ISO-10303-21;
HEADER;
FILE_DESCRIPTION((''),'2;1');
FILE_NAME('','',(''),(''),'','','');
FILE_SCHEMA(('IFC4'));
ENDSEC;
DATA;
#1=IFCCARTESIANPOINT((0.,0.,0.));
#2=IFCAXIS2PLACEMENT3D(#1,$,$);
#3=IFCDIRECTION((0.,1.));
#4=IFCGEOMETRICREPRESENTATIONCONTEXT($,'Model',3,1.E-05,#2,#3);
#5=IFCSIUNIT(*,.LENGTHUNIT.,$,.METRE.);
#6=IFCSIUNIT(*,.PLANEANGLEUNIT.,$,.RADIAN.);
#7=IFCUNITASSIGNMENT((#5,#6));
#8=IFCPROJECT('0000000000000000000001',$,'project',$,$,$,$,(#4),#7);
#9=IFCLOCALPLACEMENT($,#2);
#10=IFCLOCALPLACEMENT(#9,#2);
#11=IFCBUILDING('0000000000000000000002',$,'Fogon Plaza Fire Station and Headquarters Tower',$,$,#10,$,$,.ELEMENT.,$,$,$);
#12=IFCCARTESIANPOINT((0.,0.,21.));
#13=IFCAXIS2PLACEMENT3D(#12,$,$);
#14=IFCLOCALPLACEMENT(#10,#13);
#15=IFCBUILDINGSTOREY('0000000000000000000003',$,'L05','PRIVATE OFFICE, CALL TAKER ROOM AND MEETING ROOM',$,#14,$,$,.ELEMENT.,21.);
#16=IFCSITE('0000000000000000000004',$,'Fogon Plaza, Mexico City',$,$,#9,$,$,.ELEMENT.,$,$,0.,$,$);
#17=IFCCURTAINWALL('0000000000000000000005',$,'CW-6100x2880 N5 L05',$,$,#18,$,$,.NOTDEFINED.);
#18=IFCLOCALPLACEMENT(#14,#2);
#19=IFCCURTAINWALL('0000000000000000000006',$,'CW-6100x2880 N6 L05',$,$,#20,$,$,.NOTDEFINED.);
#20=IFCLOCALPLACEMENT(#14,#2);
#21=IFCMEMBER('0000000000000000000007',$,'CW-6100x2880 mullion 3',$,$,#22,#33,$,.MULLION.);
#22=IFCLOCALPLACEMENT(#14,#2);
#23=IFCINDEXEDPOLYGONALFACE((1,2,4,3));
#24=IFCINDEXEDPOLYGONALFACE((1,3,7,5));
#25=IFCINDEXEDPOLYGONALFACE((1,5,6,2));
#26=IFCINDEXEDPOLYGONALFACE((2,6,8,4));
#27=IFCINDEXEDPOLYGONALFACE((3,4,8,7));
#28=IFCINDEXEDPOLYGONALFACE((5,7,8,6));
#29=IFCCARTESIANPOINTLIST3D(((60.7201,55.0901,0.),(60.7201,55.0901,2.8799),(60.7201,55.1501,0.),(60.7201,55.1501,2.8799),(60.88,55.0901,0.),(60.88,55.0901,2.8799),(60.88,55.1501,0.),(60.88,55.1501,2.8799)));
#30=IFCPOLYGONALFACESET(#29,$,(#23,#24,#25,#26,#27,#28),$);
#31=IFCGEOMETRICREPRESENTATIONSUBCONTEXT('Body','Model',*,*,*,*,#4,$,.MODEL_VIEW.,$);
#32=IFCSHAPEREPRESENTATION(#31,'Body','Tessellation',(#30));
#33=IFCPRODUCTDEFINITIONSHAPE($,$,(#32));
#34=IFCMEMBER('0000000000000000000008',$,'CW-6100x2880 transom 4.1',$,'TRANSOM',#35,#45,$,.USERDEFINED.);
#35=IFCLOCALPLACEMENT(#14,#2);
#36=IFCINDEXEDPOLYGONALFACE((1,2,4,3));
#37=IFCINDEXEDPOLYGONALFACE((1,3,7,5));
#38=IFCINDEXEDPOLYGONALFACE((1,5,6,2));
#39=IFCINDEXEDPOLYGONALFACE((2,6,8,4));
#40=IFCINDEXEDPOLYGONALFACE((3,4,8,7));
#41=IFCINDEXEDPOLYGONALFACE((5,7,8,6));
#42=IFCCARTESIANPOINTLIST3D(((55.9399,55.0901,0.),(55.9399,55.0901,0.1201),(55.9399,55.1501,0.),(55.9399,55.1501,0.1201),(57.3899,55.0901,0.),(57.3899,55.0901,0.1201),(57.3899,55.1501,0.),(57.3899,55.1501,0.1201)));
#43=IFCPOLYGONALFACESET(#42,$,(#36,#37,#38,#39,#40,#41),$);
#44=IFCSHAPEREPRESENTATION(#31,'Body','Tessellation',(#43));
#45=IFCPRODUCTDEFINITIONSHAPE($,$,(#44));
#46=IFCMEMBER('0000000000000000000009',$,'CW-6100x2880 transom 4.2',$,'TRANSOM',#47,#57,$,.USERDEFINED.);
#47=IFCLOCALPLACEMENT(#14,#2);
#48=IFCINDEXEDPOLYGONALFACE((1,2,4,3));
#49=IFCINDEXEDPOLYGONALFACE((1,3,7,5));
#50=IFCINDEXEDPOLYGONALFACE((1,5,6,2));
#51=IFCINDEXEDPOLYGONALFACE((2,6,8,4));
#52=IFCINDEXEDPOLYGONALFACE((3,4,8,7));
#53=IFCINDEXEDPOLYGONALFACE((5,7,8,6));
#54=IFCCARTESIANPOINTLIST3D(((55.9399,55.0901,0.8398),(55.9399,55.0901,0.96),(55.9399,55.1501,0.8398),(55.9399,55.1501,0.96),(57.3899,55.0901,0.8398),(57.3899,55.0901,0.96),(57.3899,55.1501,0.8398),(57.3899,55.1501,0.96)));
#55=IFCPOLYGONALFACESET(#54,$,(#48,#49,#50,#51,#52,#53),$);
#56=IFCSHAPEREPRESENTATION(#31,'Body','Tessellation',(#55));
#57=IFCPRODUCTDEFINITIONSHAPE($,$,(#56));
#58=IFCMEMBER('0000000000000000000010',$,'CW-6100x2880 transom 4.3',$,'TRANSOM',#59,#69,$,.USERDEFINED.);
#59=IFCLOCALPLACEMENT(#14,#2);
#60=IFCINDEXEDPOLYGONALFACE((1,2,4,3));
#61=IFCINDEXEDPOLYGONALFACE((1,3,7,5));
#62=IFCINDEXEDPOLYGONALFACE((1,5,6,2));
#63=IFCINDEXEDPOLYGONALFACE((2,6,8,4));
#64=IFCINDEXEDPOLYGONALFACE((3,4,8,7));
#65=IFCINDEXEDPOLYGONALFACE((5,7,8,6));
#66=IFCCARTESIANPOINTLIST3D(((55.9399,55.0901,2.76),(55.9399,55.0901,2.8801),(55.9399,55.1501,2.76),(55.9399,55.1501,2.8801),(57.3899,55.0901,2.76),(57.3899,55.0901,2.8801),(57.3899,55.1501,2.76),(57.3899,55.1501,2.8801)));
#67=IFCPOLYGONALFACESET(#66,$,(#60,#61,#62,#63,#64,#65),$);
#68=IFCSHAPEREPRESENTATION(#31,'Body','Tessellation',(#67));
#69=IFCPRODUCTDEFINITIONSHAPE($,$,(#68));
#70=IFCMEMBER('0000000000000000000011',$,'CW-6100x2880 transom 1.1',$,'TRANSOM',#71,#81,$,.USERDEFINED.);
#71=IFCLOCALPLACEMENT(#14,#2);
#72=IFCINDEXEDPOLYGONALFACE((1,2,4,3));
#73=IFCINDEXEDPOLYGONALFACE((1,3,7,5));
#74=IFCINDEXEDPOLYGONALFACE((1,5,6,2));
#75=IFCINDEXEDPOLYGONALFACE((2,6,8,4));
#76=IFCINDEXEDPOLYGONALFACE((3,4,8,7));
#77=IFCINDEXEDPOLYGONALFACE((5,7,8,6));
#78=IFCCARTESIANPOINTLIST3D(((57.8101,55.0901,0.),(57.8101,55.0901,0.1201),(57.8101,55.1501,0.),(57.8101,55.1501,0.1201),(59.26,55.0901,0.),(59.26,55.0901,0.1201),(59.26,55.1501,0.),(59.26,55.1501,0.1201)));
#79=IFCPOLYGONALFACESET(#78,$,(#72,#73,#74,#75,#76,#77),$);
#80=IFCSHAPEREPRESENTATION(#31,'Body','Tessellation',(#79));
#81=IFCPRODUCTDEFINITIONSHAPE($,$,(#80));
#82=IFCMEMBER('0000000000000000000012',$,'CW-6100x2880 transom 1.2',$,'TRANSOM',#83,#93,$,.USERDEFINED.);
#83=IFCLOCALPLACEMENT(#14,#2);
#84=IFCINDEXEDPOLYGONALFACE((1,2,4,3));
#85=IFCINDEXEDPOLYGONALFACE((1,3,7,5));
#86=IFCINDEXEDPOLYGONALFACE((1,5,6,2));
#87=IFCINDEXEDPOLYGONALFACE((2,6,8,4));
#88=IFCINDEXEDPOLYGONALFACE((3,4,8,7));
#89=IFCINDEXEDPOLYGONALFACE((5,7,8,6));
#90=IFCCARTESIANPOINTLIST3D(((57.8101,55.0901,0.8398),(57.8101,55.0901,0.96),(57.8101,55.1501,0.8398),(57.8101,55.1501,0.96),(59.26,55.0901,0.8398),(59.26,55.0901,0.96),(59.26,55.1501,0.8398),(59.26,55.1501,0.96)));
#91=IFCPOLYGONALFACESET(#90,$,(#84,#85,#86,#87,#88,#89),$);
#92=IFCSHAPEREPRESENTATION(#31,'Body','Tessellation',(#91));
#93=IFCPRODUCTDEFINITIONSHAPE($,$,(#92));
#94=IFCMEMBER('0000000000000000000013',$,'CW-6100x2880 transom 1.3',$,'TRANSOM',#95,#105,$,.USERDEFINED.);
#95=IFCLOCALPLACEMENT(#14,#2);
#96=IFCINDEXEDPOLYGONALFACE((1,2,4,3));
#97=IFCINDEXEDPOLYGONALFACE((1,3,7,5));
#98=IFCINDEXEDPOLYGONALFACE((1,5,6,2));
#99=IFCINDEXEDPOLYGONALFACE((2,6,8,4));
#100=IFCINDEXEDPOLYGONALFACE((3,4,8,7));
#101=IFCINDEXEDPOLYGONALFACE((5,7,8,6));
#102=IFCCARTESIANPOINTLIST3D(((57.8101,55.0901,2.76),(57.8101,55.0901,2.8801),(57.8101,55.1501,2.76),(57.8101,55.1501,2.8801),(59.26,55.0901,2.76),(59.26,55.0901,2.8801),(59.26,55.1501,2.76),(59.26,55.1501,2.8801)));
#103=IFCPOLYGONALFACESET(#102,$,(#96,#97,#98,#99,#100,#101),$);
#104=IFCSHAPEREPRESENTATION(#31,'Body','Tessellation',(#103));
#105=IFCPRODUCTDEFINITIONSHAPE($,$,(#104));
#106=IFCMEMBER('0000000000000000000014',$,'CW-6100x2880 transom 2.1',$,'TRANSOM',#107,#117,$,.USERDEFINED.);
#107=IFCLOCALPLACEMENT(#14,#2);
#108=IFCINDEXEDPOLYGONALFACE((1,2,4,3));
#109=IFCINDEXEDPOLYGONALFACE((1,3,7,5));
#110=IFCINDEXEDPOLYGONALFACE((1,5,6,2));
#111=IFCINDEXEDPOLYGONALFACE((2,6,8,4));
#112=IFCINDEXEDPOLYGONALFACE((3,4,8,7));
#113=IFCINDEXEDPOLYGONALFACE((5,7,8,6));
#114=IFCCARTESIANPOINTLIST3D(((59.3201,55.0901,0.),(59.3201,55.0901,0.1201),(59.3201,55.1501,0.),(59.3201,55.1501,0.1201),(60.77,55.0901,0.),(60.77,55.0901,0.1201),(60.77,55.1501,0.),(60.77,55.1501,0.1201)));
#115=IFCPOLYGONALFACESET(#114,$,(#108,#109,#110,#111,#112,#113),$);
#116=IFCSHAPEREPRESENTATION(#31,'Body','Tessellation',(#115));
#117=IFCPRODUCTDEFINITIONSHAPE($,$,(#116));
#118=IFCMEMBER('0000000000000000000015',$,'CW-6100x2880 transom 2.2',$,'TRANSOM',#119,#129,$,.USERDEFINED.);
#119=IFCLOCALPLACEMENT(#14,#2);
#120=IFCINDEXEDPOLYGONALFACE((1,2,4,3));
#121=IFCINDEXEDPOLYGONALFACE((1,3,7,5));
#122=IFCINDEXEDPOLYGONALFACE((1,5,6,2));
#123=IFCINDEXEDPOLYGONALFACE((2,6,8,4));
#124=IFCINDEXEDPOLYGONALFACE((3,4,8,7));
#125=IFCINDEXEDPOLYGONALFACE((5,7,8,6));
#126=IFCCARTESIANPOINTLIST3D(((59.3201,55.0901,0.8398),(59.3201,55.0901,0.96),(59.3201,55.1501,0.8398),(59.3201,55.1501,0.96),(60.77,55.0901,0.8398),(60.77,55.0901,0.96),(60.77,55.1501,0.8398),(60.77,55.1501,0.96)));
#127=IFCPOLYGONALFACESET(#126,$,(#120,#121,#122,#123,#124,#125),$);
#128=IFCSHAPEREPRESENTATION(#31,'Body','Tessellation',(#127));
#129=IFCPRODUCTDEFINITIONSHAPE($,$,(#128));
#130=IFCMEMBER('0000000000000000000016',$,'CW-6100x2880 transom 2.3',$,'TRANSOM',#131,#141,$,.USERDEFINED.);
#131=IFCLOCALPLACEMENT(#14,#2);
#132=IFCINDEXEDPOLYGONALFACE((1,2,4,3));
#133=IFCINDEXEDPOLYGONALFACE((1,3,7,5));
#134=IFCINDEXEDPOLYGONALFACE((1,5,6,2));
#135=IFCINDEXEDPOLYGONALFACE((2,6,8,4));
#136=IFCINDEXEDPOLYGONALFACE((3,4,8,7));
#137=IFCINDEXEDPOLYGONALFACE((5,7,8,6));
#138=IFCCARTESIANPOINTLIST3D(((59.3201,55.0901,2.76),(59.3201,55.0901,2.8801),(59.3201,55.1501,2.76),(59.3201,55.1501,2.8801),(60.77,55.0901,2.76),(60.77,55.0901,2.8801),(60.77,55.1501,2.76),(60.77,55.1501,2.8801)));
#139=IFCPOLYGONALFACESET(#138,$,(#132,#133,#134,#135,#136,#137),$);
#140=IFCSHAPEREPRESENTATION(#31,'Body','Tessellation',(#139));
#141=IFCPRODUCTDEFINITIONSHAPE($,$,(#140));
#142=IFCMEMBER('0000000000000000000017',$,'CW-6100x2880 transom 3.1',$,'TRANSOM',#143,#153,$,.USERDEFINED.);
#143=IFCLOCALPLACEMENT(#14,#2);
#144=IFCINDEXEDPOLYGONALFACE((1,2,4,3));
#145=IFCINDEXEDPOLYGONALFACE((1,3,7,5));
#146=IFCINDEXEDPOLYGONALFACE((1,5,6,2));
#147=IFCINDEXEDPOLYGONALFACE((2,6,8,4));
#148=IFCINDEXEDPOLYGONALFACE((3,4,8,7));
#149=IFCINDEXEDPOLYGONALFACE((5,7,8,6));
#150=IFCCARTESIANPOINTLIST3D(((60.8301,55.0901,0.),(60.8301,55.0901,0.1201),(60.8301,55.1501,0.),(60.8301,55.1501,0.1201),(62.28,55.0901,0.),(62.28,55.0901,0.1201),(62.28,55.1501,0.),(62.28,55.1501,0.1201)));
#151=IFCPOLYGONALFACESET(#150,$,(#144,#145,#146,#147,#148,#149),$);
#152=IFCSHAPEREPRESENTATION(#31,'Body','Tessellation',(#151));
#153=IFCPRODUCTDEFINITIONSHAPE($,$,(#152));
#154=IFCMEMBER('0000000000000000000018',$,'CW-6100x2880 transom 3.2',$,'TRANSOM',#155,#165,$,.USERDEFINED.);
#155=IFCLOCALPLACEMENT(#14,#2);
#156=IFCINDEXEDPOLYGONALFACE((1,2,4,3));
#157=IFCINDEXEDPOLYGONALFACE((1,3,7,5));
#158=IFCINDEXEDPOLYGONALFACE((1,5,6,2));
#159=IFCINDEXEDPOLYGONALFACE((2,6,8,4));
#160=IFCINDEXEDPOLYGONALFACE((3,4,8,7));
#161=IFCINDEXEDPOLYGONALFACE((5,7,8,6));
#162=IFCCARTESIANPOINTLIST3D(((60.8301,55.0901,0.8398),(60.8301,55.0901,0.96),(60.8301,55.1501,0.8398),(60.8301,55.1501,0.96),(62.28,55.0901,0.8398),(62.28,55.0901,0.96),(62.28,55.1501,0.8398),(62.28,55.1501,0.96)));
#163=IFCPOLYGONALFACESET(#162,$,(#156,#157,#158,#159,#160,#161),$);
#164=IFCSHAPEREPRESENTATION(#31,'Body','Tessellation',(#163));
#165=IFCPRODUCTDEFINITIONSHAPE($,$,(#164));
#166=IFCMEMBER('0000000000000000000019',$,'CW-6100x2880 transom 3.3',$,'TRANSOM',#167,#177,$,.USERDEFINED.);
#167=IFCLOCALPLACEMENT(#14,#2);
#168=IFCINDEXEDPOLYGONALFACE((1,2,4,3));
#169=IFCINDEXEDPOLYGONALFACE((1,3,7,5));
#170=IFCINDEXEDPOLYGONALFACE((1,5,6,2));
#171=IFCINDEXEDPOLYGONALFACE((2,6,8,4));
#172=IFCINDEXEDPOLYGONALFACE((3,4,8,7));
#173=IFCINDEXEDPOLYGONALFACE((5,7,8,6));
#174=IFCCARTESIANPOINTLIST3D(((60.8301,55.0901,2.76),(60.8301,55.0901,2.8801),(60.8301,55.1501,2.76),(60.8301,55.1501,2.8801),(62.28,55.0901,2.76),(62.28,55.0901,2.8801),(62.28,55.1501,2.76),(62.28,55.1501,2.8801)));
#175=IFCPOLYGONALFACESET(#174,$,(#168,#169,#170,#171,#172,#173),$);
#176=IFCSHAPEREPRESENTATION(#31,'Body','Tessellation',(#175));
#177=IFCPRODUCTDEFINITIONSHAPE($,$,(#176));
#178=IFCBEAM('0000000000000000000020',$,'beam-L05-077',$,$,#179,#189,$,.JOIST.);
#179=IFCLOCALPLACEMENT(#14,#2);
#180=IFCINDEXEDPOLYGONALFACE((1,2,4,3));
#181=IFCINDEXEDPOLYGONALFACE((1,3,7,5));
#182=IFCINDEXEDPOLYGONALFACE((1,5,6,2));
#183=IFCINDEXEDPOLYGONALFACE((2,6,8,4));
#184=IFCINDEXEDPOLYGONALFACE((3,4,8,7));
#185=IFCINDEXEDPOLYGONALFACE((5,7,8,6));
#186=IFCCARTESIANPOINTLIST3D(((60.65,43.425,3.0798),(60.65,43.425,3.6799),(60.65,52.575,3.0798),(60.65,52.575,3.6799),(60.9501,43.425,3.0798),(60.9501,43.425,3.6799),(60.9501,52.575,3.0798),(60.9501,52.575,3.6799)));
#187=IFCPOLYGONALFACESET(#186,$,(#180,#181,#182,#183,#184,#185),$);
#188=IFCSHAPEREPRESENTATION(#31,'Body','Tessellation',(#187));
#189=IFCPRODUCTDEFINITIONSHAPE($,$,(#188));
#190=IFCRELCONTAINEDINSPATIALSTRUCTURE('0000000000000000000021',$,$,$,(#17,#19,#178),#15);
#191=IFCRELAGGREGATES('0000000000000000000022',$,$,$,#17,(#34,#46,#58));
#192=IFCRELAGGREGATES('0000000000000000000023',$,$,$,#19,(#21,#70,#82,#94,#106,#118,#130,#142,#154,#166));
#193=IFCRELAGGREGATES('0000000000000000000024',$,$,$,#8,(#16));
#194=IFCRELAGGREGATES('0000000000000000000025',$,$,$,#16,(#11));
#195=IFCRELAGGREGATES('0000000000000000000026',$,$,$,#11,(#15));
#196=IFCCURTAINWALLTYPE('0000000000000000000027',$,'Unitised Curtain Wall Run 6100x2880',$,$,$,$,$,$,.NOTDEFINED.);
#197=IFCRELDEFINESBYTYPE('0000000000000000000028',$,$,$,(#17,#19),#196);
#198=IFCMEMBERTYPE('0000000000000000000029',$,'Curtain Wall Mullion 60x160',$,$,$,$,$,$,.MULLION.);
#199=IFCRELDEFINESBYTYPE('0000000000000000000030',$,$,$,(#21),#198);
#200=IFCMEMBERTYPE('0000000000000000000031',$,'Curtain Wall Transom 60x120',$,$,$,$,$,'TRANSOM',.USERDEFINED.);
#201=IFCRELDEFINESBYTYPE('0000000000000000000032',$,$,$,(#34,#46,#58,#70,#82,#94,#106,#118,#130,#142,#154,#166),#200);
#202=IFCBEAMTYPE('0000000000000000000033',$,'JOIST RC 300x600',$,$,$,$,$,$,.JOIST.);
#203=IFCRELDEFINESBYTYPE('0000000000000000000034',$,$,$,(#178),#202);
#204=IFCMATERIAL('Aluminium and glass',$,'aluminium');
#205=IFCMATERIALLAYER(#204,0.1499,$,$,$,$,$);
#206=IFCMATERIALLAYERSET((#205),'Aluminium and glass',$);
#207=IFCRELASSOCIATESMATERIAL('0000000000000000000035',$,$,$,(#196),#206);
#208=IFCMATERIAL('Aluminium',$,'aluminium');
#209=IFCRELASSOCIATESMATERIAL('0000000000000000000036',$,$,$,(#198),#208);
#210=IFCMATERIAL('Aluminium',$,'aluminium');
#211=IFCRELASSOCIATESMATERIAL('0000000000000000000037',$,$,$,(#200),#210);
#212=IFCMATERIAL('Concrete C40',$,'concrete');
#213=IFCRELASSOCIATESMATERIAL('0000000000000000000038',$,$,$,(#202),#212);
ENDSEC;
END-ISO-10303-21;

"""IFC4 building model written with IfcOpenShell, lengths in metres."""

from ifc_helpers import new_model, si_unit, direction, frame, origin, origin_2d, place, context, subcontext, project, spatial, rectangle, extrude, material, layer, layer_set, material_profile, profile_set, type_object, element, aggregate, save


model = new_model("IFC4")

# Units and contexts
model_context = context("Model", 3, precision=1e-05, world=origin(), true_north=direction((0.0, 1.0)))
body_context = subcontext(model_context, "Body", "Model", "MODEL_VIEW")
ifc_project = project(units=[si_unit("LENGTHUNIT", "METRE"), si_unit("PLANEANGLEUNIT", "RADIAN")], contexts=[model_context])

# Site, building, storey
site_placement = place(None, origin())
site = spatial("IfcSite", under=ifc_project, at=site_placement, Name="Fogon Plaza, Mexico City", CompositionType="ELEMENT", RefElevation=0.0)
building_placement = place(site_placement, origin())
building = spatial("IfcBuilding", under=site, at=building_placement, Name="Fogon Plaza Fire Station and Headquarters Tower", CompositionType="ELEMENT")
storey_placement = place(building_placement, frame((0.0, 0.0, 21.0)))
storey = spatial("IfcBuildingStorey", under=building, at=storey_placement, Name="L05", Description="PRIVATE OFFICE, CALL TAKER ROOM AND MEETING ROOM", CompositionType="ELEMENT", Elevation=21.0)

# Curtain walls, member
ifc_material_1 = material(Name="Aluminium and glass", Category="aluminium")
ifc_layer_1 = layer(ifc_material_1, 0.1499)
ifc_layer_set_1 = layer_set([ifc_layer_1], Name="Aluminium and glass")
curtain_wall_type = type_object("IfcCurtainWallType", Name="Unitised Curtain Wall Run 6100x2880", PredefinedType="NOTDEFINED", material=ifc_layer_set_1)
curtain_wall_1_placement = place(storey_placement, origin())
curtain_wall_1 = element("IfcCurtainWall", 1, at=curtain_wall_1_placement, inside=storey, type_object=curtain_wall_type, Name="CW-6100x2880 N5 L05", PredefinedType="NOTDEFINED")
ifc_material_2 = material(Name="Aluminium", Category="aluminium")
ifc_material_profile_1 = material_profile(ifc_material_2, rectangle(XDim=0.0601, YDim=0.1599, at=origin_2d()), Name="Curtain Wall Mullion 60x160")
ifc_profile_set_1 = profile_set([ifc_material_profile_1], Name="Aluminium")
member_type_1 = type_object("IfcMemberType", Name="Curtain Wall Mullion 60x160", PredefinedType="MULLION", material=ifc_profile_set_1)
curtain_wall_2_placement = place(storey_placement, origin())
curtain_wall_2 = element("IfcCurtainWall", 2, at=curtain_wall_2_placement, inside=storey, type_object=curtain_wall_type, Name="CW-6100x2880 N6 L05", PredefinedType="NOTDEFINED")
member_1_placement = place(storey_placement, frame((60.8, 55.1201, 0.0), z_axis=(0.0, 0.0, 1.0), x_axis=(0.0, 1.0, 0.0)))
member_1 = element("IfcMember", 3, at=member_1_placement, type_object=member_type_1, Name="CW-6100x2880 mullion 3", PredefinedType="MULLION", context=body_context, shape_type="SweptSolid", body=[
    extrude(rectangle(XDim=0.0601, YDim=0.1599, at=origin_2d()), origin(), (0.0, 0.0, 1.0), 2.8799),
])

# Members
ifc_material_3 = material(Name="Aluminium", Category="aluminium")
ifc_material_profile_2 = material_profile(ifc_material_3, rectangle(XDim=0.0601, YDim=0.1201, at=origin_2d()), Name="Curtain Wall Transom 60x120")
ifc_profile_set_2 = profile_set([ifc_material_profile_2], Name="Aluminium")
member_type_2 = type_object("IfcMemberType", Name="Curtain Wall Transom 60x120", ElementType="TRANSOM", PredefinedType="USERDEFINED", material=ifc_profile_set_2)
member_2_placement = place(storey_placement, frame((55.9399, 55.1201, 0.0601), z_axis=(1.0, 0.0, 0.0), x_axis=(0.0, 1.0, 0.0)))
member_2 = element("IfcMember", 4, at=member_2_placement, type_object=member_type_2, Name="CW-6100x2880 transom 4.1", ObjectType="TRANSOM", PredefinedType="USERDEFINED", context=body_context, shape_type="SweptSolid", body=[
    extrude(rectangle(XDim=0.0601, YDim=0.1201, at=origin_2d()), origin(), (0.0, 0.0, 1.0), 1.45),
])
member_3_placement = place(storey_placement, frame((55.9399, 55.1201, 0.8999), z_axis=(1.0, 0.0, 0.0), x_axis=(0.0, 1.0, 0.0)))
member_3 = element("IfcMember", 5, at=member_3_placement, type_object=member_type_2, Name="CW-6100x2880 transom 4.2", ObjectType="TRANSOM", PredefinedType="USERDEFINED", context=body_context, shape_type="SweptSolid", body=[
    extrude(rectangle(XDim=0.0601, YDim=0.1201, at=origin_2d()), origin(), (0.0, 0.0, 1.0), 1.45),
])
member_4_placement = place(storey_placement, frame((55.9399, 55.1201, 2.8201), z_axis=(1.0, 0.0, 0.0), x_axis=(0.0, 1.0, 0.0)))
member_4 = element("IfcMember", 6, at=member_4_placement, type_object=member_type_2, Name="CW-6100x2880 transom 4.3", ObjectType="TRANSOM", PredefinedType="USERDEFINED", context=body_context, shape_type="SweptSolid", body=[
    extrude(rectangle(XDim=0.0601, YDim=0.1201, at=origin_2d()), origin(), (0.0, 0.0, 1.0), 1.45),
])
member_5_placement = place(storey_placement, frame((57.8101, 55.1201, 0.0601), z_axis=(1.0, 0.0, 0.0), x_axis=(0.0, 1.0, 0.0)))
member_5 = element("IfcMember", 7, at=member_5_placement, type_object=member_type_2, Name="CW-6100x2880 transom 1.1", ObjectType="TRANSOM", PredefinedType="USERDEFINED", context=body_context, shape_type="SweptSolid", body=[
    extrude(rectangle(XDim=0.0601, YDim=0.1201, at=origin_2d()), origin(), (0.0, 0.0, 1.0), 1.45),
])
member_6_placement = place(storey_placement, frame((57.8101, 55.1201, 0.8999), z_axis=(1.0, 0.0, 0.0), x_axis=(0.0, 1.0, 0.0)))
member_6 = element("IfcMember", 8, at=member_6_placement, type_object=member_type_2, Name="CW-6100x2880 transom 1.2", ObjectType="TRANSOM", PredefinedType="USERDEFINED", context=body_context, shape_type="SweptSolid", body=[
    extrude(rectangle(XDim=0.0601, YDim=0.1201, at=origin_2d()), origin(), (0.0, 0.0, 1.0), 1.45),
])
member_7_placement = place(storey_placement, frame((57.8101, 55.1201, 2.8201), z_axis=(1.0, 0.0, 0.0), x_axis=(0.0, 1.0, 0.0)))
member_7 = element("IfcMember", 9, at=member_7_placement, type_object=member_type_2, Name="CW-6100x2880 transom 1.3", ObjectType="TRANSOM", PredefinedType="USERDEFINED", context=body_context, shape_type="SweptSolid", body=[
    extrude(rectangle(XDim=0.0601, YDim=0.1201, at=origin_2d()), origin(), (0.0, 0.0, 1.0), 1.45),
])
member_8_placement = place(storey_placement, frame((59.3201, 55.1201, 0.0601), z_axis=(1.0, 0.0, 0.0), x_axis=(0.0, 1.0, 0.0)))
member_8 = element("IfcMember", 10, at=member_8_placement, type_object=member_type_2, Name="CW-6100x2880 transom 2.1", ObjectType="TRANSOM", PredefinedType="USERDEFINED", context=body_context, shape_type="SweptSolid", body=[
    extrude(rectangle(XDim=0.0601, YDim=0.1201, at=origin_2d()), origin(), (0.0, 0.0, 1.0), 1.45),
])
member_9_placement = place(storey_placement, frame((59.3201, 55.1201, 0.8999), z_axis=(1.0, 0.0, 0.0), x_axis=(0.0, 1.0, 0.0)))
member_9 = element("IfcMember", 11, at=member_9_placement, type_object=member_type_2, Name="CW-6100x2880 transom 2.2", ObjectType="TRANSOM", PredefinedType="USERDEFINED", context=body_context, shape_type="SweptSolid", body=[
    extrude(rectangle(XDim=0.0601, YDim=0.1201, at=origin_2d()), origin(), (0.0, 0.0, 1.0), 1.45),
])
member_10_placement = place(storey_placement, frame((59.3201, 55.1201, 2.8201), z_axis=(1.0, 0.0, 0.0), x_axis=(0.0, 1.0, 0.0)))
member_10 = element("IfcMember", 12, at=member_10_placement, type_object=member_type_2, Name="CW-6100x2880 transom 2.3", ObjectType="TRANSOM", PredefinedType="USERDEFINED", context=body_context, shape_type="SweptSolid", body=[
    extrude(rectangle(XDim=0.0601, YDim=0.1201, at=origin_2d()), origin(), (0.0, 0.0, 1.0), 1.45),
])
member_11_placement = place(storey_placement, frame((60.8301, 55.1201, 0.0601), z_axis=(1.0, 0.0, 0.0), x_axis=(0.0, 1.0, 0.0)))
member_11 = element("IfcMember", 13, at=member_11_placement, type_object=member_type_2, Name="CW-6100x2880 transom 3.1", ObjectType="TRANSOM", PredefinedType="USERDEFINED", context=body_context, shape_type="SweptSolid", body=[
    extrude(rectangle(XDim=0.0601, YDim=0.1201, at=origin_2d()), origin(), (0.0, 0.0, 1.0), 1.45),
])
member_12_placement = place(storey_placement, frame((60.8301, 55.1201, 0.8999), z_axis=(1.0, 0.0, 0.0), x_axis=(0.0, 1.0, 0.0)))
member_12 = element("IfcMember", 14, at=member_12_placement, type_object=member_type_2, Name="CW-6100x2880 transom 3.2", ObjectType="TRANSOM", PredefinedType="USERDEFINED", context=body_context, shape_type="SweptSolid", body=[
    extrude(rectangle(XDim=0.0601, YDim=0.1201, at=origin_2d()), origin(), (0.0, 0.0, 1.0), 1.45),
])
member_13_placement = place(storey_placement, frame((60.8301, 55.1201, 2.8201), z_axis=(1.0, 0.0, 0.0), x_axis=(0.0, 1.0, 0.0)))
member_13 = element("IfcMember", 15, at=member_13_placement, type_object=member_type_2, Name="CW-6100x2880 transom 3.3", ObjectType="TRANSOM", PredefinedType="USERDEFINED", context=body_context, shape_type="SweptSolid", body=[
    extrude(rectangle(XDim=0.0601, YDim=0.1201, at=origin_2d()), origin(), (0.0, 0.0, 1.0), 1.45),
])

# Beam
ifc_material_4 = material(Name="Concrete C40", Category="concrete")
ifc_material_profile_3 = material_profile(ifc_material_4, rectangle(XDim=0.3, YDim=0.6001, at=origin_2d()), Name="RC 300x600")
ifc_profile_set_3 = profile_set([ifc_material_profile_3], Name="Concrete C40")
beam_type_1 = type_object("IfcBeamType", Name="JOIST RC 300x600", PredefinedType="JOIST", material=ifc_profile_set_3)
beam_1_placement = place(storey_placement, frame((60.8, 43.425, 3.3799), z_axis=(0.0, 1.0, 0.0), x_axis=(-1.0, 0.0, 0.0)))
element("IfcBeam", 16, at=beam_1_placement, inside=storey, type_object=beam_type_1, Name="beam-L05-077", PredefinedType="JOIST", context=body_context, shape_type="SweptSolid", body=[
    extrude(rectangle(XDim=0.3, YDim=0.6001, at=origin_2d()), origin(), (0.0, 0.0, 1.0), 9.1499),
])

aggregate(curtain_wall_1, [member_2, member_3, member_4])
aggregate(curtain_wall_2, [member_1, member_5, member_6, member_7, member_8, member_9, member_10, member_11, member_12, member_13])

save(model, "model.ifc")
